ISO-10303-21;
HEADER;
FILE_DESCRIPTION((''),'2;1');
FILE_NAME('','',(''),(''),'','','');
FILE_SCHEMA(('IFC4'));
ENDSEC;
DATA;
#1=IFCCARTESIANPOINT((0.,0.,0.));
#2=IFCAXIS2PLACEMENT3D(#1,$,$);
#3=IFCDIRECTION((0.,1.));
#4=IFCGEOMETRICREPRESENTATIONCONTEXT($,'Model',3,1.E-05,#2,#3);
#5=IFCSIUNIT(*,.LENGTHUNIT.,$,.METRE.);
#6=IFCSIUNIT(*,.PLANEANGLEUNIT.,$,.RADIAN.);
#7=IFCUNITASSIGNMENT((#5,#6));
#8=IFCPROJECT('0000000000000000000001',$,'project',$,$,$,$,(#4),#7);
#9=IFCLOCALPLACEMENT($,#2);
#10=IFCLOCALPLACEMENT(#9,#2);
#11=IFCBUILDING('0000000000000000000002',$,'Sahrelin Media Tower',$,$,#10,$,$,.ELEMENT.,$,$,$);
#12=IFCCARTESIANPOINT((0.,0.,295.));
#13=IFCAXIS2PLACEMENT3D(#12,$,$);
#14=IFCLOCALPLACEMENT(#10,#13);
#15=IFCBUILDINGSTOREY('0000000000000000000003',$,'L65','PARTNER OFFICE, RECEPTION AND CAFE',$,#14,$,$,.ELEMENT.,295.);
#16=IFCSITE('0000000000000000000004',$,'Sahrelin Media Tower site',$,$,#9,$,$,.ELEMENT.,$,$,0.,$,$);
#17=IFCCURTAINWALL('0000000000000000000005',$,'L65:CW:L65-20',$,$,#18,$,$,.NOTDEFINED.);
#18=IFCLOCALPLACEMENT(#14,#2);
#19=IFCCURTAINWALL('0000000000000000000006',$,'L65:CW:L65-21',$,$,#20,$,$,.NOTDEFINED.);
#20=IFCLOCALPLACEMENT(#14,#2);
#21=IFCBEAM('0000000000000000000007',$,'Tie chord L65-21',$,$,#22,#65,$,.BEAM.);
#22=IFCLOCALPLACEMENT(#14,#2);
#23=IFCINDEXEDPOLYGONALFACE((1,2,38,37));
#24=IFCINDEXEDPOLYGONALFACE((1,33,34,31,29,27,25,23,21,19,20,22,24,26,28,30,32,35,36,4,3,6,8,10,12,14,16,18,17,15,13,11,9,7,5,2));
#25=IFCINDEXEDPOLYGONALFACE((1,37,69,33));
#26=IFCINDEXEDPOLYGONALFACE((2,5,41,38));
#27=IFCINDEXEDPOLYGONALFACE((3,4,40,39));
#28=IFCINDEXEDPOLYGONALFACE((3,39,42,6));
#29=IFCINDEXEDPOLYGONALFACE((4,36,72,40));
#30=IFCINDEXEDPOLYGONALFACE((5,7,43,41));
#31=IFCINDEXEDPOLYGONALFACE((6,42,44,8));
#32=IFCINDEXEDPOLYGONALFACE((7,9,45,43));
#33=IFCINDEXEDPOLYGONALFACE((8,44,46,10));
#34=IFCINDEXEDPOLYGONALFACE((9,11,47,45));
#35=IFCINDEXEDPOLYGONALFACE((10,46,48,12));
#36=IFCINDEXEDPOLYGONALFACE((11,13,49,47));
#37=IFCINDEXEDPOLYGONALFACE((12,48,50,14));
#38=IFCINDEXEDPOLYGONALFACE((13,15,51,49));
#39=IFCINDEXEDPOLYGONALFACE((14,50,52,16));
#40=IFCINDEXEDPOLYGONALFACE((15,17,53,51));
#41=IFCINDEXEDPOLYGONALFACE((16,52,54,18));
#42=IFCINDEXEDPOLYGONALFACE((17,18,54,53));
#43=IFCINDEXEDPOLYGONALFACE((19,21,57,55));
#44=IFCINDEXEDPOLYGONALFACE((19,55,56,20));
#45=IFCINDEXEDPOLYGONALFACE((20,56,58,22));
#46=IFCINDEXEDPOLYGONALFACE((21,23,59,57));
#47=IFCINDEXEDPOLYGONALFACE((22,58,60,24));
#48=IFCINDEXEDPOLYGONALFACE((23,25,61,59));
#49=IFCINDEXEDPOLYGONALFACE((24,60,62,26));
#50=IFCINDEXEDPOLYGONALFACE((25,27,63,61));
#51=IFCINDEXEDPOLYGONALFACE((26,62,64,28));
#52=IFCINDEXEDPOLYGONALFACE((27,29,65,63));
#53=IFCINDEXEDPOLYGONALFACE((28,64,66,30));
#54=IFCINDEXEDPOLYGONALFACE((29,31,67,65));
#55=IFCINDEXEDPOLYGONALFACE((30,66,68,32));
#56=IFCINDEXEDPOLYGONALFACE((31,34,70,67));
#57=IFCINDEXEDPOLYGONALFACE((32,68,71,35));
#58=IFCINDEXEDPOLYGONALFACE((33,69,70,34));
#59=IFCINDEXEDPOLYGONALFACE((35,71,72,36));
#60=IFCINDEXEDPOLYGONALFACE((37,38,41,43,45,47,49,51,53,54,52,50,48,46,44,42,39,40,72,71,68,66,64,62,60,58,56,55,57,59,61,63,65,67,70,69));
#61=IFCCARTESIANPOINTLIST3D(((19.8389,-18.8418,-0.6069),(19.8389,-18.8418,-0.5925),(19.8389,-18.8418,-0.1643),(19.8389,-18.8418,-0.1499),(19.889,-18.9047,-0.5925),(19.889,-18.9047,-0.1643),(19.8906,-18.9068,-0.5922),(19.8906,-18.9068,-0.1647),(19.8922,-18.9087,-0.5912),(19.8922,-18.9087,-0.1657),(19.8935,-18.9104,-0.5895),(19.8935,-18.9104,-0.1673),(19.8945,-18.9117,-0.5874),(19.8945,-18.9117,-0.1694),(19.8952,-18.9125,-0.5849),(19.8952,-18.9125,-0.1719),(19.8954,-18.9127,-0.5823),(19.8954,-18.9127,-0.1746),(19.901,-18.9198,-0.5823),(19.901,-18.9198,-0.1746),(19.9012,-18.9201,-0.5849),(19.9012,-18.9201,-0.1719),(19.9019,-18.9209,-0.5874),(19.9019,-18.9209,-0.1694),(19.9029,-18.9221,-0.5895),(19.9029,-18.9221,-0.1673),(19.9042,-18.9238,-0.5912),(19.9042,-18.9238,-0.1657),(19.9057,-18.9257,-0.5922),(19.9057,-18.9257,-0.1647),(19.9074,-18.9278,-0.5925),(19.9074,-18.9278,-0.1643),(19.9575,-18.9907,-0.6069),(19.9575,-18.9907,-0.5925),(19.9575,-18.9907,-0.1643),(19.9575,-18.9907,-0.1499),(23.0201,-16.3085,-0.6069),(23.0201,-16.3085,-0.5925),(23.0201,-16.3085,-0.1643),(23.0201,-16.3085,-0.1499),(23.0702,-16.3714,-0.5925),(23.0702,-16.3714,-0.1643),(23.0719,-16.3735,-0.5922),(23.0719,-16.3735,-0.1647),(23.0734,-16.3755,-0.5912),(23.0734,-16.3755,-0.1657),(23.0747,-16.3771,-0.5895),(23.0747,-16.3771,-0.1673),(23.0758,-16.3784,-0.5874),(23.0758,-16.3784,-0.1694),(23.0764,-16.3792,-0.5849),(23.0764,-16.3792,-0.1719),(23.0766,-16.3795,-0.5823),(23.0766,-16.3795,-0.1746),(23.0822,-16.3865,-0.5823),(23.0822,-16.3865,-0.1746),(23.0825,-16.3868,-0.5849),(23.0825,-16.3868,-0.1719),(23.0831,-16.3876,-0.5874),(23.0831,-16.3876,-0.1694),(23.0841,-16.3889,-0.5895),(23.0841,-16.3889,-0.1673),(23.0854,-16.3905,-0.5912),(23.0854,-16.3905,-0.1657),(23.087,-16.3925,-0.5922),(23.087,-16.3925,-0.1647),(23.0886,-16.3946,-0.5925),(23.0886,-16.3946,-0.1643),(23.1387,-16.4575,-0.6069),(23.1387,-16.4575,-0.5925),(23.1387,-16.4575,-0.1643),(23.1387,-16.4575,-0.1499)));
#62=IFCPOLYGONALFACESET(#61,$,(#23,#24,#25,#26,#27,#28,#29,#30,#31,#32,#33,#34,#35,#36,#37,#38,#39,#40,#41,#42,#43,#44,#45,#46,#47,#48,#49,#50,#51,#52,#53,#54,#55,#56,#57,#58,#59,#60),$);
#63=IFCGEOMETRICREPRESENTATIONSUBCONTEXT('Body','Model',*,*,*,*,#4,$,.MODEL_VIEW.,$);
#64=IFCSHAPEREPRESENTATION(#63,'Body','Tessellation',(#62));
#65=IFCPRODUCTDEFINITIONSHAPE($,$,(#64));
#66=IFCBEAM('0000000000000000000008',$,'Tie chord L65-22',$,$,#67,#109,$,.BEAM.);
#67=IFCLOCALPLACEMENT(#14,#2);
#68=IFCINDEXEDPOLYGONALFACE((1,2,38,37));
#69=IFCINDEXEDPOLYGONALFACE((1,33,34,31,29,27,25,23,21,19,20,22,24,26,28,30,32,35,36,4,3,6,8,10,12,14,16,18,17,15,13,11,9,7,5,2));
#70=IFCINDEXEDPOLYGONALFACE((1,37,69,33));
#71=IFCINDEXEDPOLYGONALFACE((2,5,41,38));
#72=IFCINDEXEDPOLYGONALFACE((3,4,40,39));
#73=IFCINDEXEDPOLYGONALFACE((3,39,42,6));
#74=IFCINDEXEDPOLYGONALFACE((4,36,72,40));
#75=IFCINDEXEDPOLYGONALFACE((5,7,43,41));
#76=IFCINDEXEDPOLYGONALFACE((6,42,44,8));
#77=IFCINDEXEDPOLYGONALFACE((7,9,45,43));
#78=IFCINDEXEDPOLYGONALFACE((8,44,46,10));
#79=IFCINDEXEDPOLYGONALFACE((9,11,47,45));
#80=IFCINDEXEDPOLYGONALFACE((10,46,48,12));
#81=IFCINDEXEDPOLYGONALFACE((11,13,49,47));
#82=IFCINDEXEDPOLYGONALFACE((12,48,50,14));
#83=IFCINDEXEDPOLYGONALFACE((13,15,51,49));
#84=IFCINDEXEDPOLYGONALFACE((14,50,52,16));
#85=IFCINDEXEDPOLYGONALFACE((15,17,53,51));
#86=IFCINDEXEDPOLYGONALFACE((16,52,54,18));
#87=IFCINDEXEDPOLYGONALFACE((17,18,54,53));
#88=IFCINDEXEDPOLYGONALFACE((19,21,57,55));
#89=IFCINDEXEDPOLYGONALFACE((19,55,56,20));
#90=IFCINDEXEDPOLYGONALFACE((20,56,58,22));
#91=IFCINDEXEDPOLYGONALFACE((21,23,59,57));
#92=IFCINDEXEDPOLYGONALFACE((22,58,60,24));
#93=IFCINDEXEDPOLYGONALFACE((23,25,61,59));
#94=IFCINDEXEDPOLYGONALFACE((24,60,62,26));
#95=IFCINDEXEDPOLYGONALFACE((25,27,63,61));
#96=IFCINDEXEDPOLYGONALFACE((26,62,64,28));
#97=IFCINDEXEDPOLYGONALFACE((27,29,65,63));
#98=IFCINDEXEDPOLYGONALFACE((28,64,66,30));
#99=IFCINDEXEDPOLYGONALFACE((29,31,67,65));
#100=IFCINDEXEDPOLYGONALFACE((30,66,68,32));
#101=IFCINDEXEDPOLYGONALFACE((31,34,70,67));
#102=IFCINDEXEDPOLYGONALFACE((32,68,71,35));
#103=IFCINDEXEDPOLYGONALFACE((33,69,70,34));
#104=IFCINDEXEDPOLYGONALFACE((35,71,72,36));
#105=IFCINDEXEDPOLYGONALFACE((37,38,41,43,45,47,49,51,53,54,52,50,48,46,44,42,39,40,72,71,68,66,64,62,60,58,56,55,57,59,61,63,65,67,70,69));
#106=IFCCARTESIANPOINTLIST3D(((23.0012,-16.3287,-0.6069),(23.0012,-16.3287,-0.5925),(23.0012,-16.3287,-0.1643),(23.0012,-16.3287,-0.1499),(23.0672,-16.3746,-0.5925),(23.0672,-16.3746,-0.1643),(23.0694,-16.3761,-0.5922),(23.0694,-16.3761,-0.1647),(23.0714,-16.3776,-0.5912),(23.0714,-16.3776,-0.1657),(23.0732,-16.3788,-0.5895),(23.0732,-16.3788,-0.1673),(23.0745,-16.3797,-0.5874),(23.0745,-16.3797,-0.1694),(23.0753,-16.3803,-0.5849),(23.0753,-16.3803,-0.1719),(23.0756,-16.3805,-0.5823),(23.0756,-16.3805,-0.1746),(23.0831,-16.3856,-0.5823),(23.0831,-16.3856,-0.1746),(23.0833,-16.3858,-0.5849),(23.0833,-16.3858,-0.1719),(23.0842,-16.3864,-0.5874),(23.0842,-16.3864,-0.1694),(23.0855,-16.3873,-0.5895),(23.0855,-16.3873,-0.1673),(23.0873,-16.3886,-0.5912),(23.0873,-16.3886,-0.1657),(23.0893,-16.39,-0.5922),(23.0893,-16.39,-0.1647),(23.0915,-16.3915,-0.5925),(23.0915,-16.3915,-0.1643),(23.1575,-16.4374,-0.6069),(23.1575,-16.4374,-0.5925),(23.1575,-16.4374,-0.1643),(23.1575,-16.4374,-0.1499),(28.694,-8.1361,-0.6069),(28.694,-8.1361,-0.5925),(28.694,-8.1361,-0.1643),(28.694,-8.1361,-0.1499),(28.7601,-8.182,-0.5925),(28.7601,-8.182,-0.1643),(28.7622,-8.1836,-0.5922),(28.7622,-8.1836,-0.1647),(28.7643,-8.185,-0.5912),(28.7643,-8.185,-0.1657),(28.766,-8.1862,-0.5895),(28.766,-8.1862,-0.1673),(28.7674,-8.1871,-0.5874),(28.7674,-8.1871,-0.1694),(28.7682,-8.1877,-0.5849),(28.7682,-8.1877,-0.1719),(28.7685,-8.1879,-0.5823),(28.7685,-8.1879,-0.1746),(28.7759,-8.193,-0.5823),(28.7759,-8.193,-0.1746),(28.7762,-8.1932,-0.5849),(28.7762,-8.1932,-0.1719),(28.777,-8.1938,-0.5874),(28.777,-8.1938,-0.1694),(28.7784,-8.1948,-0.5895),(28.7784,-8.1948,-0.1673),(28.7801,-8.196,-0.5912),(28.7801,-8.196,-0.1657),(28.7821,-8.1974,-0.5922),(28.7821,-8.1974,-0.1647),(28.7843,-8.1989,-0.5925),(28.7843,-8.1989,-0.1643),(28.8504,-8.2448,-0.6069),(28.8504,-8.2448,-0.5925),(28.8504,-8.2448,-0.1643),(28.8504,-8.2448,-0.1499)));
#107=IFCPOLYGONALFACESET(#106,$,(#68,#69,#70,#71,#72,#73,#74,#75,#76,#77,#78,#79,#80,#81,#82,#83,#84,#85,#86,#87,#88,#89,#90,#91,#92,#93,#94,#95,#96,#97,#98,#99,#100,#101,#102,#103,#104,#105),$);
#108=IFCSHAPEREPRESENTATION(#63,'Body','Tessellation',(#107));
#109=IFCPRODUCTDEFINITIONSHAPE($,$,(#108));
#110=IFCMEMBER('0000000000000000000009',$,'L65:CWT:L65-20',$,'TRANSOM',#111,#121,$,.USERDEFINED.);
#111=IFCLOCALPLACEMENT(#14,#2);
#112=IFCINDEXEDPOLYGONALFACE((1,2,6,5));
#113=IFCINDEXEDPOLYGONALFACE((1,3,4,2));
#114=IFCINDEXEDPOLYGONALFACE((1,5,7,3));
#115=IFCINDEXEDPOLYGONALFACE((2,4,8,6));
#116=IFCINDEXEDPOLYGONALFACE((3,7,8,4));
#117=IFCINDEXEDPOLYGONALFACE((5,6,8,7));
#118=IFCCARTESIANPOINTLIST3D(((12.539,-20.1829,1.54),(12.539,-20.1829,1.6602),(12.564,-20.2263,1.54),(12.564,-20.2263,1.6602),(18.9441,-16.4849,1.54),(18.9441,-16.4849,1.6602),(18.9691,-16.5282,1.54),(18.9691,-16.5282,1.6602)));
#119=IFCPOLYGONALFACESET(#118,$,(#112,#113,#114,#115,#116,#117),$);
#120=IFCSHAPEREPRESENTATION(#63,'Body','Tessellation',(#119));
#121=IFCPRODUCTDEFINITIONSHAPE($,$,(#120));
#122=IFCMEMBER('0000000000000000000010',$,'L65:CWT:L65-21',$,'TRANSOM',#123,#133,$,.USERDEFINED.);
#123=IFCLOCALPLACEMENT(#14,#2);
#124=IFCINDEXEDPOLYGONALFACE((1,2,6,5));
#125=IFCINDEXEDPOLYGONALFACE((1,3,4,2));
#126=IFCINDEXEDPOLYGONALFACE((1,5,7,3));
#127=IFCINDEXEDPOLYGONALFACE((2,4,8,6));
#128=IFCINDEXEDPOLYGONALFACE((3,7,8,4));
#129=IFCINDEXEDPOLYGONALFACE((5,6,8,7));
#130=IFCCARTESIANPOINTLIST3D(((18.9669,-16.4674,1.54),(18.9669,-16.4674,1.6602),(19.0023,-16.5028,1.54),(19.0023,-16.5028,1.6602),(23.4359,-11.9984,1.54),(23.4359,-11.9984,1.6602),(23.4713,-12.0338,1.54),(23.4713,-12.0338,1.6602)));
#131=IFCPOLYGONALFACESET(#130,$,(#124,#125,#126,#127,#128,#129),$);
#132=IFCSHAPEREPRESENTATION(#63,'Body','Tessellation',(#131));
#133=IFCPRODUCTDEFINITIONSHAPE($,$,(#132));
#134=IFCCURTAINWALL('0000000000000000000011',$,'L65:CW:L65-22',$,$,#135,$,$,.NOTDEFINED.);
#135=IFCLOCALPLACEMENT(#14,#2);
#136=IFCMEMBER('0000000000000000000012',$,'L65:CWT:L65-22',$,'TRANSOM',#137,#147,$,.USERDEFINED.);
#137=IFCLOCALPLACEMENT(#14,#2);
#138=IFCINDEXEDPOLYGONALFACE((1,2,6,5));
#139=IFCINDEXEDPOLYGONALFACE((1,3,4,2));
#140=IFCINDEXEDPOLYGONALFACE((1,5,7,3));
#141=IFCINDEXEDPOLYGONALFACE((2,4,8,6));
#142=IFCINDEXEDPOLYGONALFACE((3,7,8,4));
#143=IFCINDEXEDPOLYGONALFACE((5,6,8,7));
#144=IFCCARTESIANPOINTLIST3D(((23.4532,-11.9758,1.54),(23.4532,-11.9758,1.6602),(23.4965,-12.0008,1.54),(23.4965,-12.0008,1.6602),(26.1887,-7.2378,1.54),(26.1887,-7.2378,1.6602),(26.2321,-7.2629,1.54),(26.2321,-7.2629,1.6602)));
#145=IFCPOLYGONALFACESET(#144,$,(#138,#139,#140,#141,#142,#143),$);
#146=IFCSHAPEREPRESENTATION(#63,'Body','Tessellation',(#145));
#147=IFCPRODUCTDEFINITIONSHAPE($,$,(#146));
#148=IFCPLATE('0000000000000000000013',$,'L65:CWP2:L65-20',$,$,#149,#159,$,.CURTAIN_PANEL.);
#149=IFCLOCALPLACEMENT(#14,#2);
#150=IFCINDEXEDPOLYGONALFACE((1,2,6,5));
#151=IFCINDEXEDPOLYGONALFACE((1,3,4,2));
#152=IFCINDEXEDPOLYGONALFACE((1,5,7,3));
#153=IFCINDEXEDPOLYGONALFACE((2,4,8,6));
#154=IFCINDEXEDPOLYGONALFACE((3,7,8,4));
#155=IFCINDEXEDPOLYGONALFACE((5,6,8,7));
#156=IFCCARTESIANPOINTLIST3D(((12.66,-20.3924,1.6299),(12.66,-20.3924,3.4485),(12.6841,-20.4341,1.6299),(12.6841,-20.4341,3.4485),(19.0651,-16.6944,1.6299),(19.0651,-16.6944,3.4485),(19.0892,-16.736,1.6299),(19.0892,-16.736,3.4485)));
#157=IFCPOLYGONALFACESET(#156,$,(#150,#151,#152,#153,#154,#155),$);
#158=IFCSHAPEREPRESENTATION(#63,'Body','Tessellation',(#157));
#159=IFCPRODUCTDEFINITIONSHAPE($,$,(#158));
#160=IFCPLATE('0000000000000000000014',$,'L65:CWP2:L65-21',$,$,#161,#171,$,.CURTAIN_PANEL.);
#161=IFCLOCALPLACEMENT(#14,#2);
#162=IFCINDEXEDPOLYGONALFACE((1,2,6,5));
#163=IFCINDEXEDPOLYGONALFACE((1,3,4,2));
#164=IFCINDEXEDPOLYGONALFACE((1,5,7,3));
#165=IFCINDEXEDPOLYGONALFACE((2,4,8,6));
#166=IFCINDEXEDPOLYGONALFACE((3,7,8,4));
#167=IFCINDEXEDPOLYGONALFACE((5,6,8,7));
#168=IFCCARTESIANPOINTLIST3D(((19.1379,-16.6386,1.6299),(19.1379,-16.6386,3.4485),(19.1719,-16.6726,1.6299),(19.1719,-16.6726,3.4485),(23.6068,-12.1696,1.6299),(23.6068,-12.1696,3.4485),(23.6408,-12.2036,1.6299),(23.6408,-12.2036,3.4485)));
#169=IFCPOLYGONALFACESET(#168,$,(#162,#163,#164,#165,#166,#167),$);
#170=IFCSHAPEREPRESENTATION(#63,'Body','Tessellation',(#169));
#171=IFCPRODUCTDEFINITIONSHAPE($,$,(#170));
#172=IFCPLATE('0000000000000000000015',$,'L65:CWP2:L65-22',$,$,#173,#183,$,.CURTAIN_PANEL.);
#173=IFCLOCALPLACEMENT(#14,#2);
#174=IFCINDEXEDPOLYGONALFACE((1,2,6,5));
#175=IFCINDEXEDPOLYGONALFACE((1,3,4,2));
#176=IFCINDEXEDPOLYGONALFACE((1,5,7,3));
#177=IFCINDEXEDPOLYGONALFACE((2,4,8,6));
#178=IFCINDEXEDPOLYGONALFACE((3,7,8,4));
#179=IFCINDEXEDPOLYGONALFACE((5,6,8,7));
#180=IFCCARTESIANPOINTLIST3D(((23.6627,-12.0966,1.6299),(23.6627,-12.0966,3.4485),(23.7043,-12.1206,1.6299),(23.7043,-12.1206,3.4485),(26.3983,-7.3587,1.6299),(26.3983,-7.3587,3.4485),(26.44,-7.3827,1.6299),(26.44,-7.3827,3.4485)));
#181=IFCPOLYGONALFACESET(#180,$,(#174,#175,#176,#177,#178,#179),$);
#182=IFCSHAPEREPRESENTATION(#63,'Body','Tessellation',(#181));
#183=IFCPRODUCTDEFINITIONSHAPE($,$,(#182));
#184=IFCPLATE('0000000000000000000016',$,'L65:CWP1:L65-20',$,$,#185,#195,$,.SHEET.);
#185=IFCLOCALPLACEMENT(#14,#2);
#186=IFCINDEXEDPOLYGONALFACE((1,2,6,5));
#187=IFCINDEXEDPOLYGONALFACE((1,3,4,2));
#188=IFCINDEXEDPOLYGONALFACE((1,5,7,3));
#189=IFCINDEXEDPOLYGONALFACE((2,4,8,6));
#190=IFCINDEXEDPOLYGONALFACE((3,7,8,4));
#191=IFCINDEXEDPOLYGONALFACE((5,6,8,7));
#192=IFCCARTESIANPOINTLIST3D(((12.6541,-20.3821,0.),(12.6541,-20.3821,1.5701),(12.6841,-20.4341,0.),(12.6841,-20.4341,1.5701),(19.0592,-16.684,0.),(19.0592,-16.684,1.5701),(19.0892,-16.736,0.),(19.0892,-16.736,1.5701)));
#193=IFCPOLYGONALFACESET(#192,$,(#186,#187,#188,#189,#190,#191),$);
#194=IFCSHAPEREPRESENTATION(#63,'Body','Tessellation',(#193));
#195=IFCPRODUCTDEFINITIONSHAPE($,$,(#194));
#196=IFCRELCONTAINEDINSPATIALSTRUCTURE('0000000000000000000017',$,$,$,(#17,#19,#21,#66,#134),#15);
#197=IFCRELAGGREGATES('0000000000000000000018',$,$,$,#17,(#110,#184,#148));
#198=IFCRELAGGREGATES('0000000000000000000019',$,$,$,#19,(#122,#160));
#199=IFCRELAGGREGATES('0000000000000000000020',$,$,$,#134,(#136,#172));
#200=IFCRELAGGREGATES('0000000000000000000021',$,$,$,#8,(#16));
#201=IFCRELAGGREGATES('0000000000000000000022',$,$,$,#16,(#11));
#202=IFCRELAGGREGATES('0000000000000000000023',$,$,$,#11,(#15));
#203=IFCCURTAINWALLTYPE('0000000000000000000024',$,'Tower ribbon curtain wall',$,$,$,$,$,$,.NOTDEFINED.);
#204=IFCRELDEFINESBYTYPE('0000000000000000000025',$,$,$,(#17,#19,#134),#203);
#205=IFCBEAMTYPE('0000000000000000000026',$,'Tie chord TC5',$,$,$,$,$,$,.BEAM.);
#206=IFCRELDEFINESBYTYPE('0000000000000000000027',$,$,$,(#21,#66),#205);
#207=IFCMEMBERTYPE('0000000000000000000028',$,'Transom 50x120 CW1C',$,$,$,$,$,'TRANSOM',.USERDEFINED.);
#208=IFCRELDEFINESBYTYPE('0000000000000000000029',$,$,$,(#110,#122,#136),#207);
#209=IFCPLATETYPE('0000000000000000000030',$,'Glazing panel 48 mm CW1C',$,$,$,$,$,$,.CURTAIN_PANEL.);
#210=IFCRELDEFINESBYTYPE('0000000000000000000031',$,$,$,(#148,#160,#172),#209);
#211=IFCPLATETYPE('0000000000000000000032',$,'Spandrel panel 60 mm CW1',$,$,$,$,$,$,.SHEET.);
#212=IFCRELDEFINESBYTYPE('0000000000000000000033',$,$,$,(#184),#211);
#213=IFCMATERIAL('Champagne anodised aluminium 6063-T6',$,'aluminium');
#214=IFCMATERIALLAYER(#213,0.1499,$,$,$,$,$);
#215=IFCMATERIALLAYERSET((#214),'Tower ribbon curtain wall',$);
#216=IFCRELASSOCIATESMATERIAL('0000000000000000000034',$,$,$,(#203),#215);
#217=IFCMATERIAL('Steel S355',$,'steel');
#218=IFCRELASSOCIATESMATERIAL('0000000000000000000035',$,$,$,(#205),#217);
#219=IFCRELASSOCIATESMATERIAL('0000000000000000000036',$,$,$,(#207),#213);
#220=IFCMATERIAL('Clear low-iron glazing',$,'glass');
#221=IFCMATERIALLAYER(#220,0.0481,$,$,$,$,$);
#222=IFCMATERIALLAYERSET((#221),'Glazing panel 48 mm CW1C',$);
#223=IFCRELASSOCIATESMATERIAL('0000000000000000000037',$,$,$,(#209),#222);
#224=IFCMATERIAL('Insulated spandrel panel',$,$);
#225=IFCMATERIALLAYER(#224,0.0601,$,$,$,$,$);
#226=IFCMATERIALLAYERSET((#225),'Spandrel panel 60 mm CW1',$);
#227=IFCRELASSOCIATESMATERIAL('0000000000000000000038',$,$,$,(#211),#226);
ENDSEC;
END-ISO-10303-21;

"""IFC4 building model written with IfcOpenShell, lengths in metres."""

from ifc_helpers import new_model, si_unit, direction, frame, origin, origin_2d, place, context, subcontext, project, spatial, polyline, rectangle, i_section, outline, extrude, material, layer, layer_set, material_profile, profile_set, type_object, element, aggregate, save


model = new_model("IFC4")

# Units and contexts
model_context = context("Model", 3, precision=1e-05, world=origin(), true_north=direction((0.0, 1.0)))
body_context = subcontext(model_context, "Body", "Model", "MODEL_VIEW")
ifc_project = project(units=[si_unit("LENGTHUNIT", "METRE"), si_unit("PLANEANGLEUNIT", "RADIAN")], contexts=[model_context])

# Site, building, storey
site_placement = place(None, origin())
site = spatial("IfcSite", under=ifc_project, at=site_placement, Name="Sahrelin Media Tower site", CompositionType="ELEMENT", RefElevation=0.0)
building_placement = place(site_placement, origin())
building = spatial("IfcBuilding", under=site, at=building_placement, Name="Sahrelin Media Tower", CompositionType="ELEMENT")
storey_placement = place(building_placement, frame((0.0, 0.0, 295.0)))
storey = spatial("IfcBuildingStorey", under=building, at=storey_placement, Name="L65", Description="PARTNER OFFICE, RECEPTION AND CAFE", CompositionType="ELEMENT", Elevation=295.0)

# Shared definitions
ifc_material_1 = material(Name="Steel S355", Category="steel")

# Curtain walls
ifc_material_2 = material(Name="Champagne anodised aluminium 6063-T6", Category="aluminium")
ifc_layer_1 = layer(ifc_material_2, 0.1499)
ifc_layer_set_1 = layer_set([ifc_layer_1], Name="Tower ribbon curtain wall")
curtain_wall_type = type_object("IfcCurtainWallType", Name="Tower ribbon curtain wall", PredefinedType="NOTDEFINED", material=ifc_layer_set_1)
curtain_wall_1_placement = place(storey_placement, frame((15.8767, -18.5676, 0.0), z_axis=(0.0, 0.0, 1.0), x_axis=(1.0, 0.0, 0.0)))
curtain_wall_1 = element("IfcCurtainWall", 1, at=curtain_wall_1_placement, inside=storey, type_object=curtain_wall_type, Name="L65:CW:L65-20", PredefinedType="NOTDEFINED")
curtain_wall_2_placement = place(storey_placement, frame((21.3921, -14.4238, 0.0), z_axis=(0.0, 0.0, 1.0), x_axis=(1.0, 0.0, 0.0)))
curtain_wall_2 = element("IfcCurtainWall", 2, at=curtain_wall_2_placement, inside=storey, type_object=curtain_wall_type, Name="L65:CW:L65-21", PredefinedType="NOTDEFINED")

# Beams
ifc_material_profile_1 = material_profile(ifc_material_1, i_section(OverallWidth=0.1904, OverallDepth=0.457, WebThickness=0.009, FlangeThickness=0.0144, FilletRadius=0.0103, at=origin_2d()), Name="UB 457x191x74")
ifc_profile_set_1 = profile_set([ifc_material_profile_1], Name="Steel S355")
beam_type_1 = type_object("IfcBeamType", Name="Tie chord TC5", PredefinedType="BEAM", material=ifc_profile_set_1)
beam_1_placement = place(storey_placement, frame((19.8982, -18.9163, -0.3784), z_axis=(0.782273, 0.622936, 0.0), x_axis=(-0.622936, 0.782273, 0.0)))
element("IfcBeam", 3, at=beam_1_placement, inside=storey, type_object=beam_type_1, Name="Tie chord L65-21", PredefinedType="BEAM", context=body_context, shape_type="SweptSolid", body=[
    extrude(i_section(OverallWidth=0.1904, OverallDepth=0.457, WebThickness=0.009, FlangeThickness=0.0144, FilletRadius=0.0103, at=origin_2d()), origin(), (0.0, 0.0, 1.0), 4.0667),
])
beam_2_placement = place(storey_placement, frame((23.0793, -16.3831, -0.3784), z_axis=(0.570636, 0.821203, 0.0), x_axis=(-0.821203, 0.570636, 0.0)))
element("IfcBeam", 4, at=beam_2_placement, inside=storey, type_object=beam_type_1, Name="Tie chord L65-22", PredefinedType="BEAM", context=body_context, shape_type="SweptSolid", body=[
    extrude(i_section(OverallWidth=0.1904, OverallDepth=0.457, WebThickness=0.009, FlangeThickness=0.0144, FilletRadius=0.0103, at=origin_2d()), origin(), (0.0, 0.0, 1.0), 9.9763),
])

# Members
ifc_material_profile_2 = material_profile(ifc_material_2, rectangle(XDim=0.05, YDim=0.1201, at=origin_2d()), Name="Transom 50x120")
ifc_profile_set_2 = profile_set([ifc_material_profile_2], Name="Champagne anodised aluminium 6063-T6")
member_type_1 = type_object("IfcMemberType", Name="Transom 50x120 CW1C", ElementType="TRANSOM", PredefinedType="USERDEFINED", material=ifc_profile_set_2)
member_1_placement = place(storey_placement, frame((12.5515, -20.2046, 1.6001), z_axis=(0.866022, 0.500005, 0.0), x_axis=(-0.500005, 0.866022, 0.0)))
member_1 = element("IfcMember", 5, at=member_1_placement, type_object=member_type_1, Name="L65:CWT:L65-20", ObjectType="TRANSOM", PredefinedType="USERDEFINED", context=body_context, shape_type="SweptSolid", body=[
    extrude(rectangle(XDim=0.05, YDim=0.1201, at=origin_2d()), origin(), (0.0, 0.0, 1.0), 7.396),
])
member_2_placement = place(storey_placement, frame((18.9846, -16.4851, 1.6001), z_axis=(0.707107, 0.707107, 0.0), x_axis=(-0.707107, 0.707107, 0.0)))
member_2 = element("IfcMember", 6, at=member_2_placement, type_object=member_type_1, Name="L65:CWT:L65-21", ObjectType="TRANSOM", PredefinedType="USERDEFINED", context=body_context, shape_type="SweptSolid", body=[
    extrude(rectangle(XDim=0.05, YDim=0.1201, at=origin_2d()), origin(), (0.0, 0.0, 1.0), 6.3201),
])

# Curtain wall, member
curtain_wall_3_placement = place(storey_placement, frame((25.0549, -9.7417, 0.0), z_axis=(0.0, 0.0, 1.0), x_axis=(1.0, 0.0, 0.0)))
curtain_wall_3 = element("IfcCurtainWall", 7, at=curtain_wall_3_placement, inside=storey, type_object=curtain_wall_type, Name="L65:CW:L65-22", PredefinedType="NOTDEFINED")
member_3_placement = place(storey_placement, frame((23.4749, -11.9883, 1.6001), z_axis=(0.500012, 0.866018, 0.0), x_axis=(-0.866018, 0.500012, 0.0)))
member_3 = element("IfcMember", 8, at=member_3_placement, type_object=member_type_1, Name="L65:CWT:L65-22", ObjectType="TRANSOM", PredefinedType="USERDEFINED", context=body_context, shape_type="SweptSolid", body=[
    extrude(rectangle(XDim=0.05, YDim=0.1201, at=origin_2d()), origin(), (0.0, 0.0, 1.0), 5.4709),
])

# Plates
ifc_material_3 = material(Name="Clear low-iron glazing", Category="glass")
ifc_layer_2 = layer(ifc_material_3, 0.0481)
ifc_layer_set_2 = layer_set([ifc_layer_2], Name="Glazing panel 48 mm CW1C")
plate_type_1 = type_object("IfcPlateType", Name="Glazing panel 48 mm CW1C", PredefinedType="CURTAIN_PANEL", material=ifc_layer_set_2)
plate_1_placement = place(storey_placement, frame((12.6841, -20.4341, 1.6299), z_axis=(0.500005, -0.866022, 0.0), x_axis=(0.866022, 0.500005, 0.0)))
plate_1 = element("IfcPlate", 9, at=plate_1_placement, type_object=plate_type_1, Name="L65:CWP2:L65-20", PredefinedType="CURTAIN_PANEL", context=body_context, shape_type="SweptSolid", body=[
    extrude(outline(polyline([(0.0, 0.0), (7.396, 0.0), (7.396, 1.8186), (0.0, 1.8186), (0.0, 0.0)])), origin(), (0.0, 0.0, -1.0), 0.0481),
])
plate_2_placement = place(storey_placement, frame((19.1719, -16.6726, 1.6299), z_axis=(0.707107, -0.707107, 0.0), x_axis=(0.707107, 0.707107, 0.0)))
plate_2 = element("IfcPlate", 10, at=plate_2_placement, type_object=plate_type_1, Name="L65:CWP2:L65-21", PredefinedType="CURTAIN_PANEL", context=body_context, shape_type="SweptSolid", body=[
    extrude(outline(polyline([(0.0, 0.0), (6.3201, 0.0), (6.3201, 1.8186), (0.0, 1.8186), (0.0, 0.0)])), origin(), (0.0, 0.0, -1.0), 0.0481),
])
plate_3_placement = place(storey_placement, frame((23.7043, -12.1206, 1.6299), z_axis=(0.866007, -0.500031, 0.0), x_axis=(0.500031, 0.866007, 0.0)))
plate_3 = element("IfcPlate", 11, at=plate_3_placement, type_object=plate_type_1, Name="L65:CWP2:L65-22", PredefinedType="CURTAIN_PANEL", context=body_context, shape_type="SweptSolid", body=[
    extrude(outline(polyline([(0.0, 0.0), (5.4709, 0.0), (5.4709, 1.8186), (0.0, 1.8186), (0.0, 0.0)])), origin(), (0.0, 0.0, -1.0), 0.0481),
])
ifc_material_4 = material(Name="Insulated spandrel panel")
ifc_layer_3 = layer(ifc_material_4, 0.0601)
ifc_layer_set_3 = layer_set([ifc_layer_3], Name="Spandrel panel 60 mm CW1")
plate_type_2 = type_object("IfcPlateType", Name="Spandrel panel 60 mm CW1", PredefinedType="SHEET", material=ifc_layer_set_3)
plate_4_placement = place(storey_placement, frame((12.6841, -20.4341, 0.0), z_axis=(0.500005, -0.866022, 0.0), x_axis=(0.866022, 0.500005, 0.0)))
plate_4 = element("IfcPlate", 12, at=plate_4_placement, type_object=plate_type_2, Name="L65:CWP1:L65-20", PredefinedType="SHEET", context=body_context, shape_type="SweptSolid", body=[
    extrude(outline(polyline([(0.0, 0.0), (7.396, 0.0), (7.396, 1.5701), (0.0, 1.5701), (0.0, 0.0)])), origin(), (0.0, 0.0, -1.0), 0.0601),
])
aggregate(curtain_wall_1, [member_1, plate_4, plate_1])
aggregate(curtain_wall_2, [member_2, plate_2])
aggregate(curtain_wall_3, [member_3, plate_3])

save(model, "model.ifc")
